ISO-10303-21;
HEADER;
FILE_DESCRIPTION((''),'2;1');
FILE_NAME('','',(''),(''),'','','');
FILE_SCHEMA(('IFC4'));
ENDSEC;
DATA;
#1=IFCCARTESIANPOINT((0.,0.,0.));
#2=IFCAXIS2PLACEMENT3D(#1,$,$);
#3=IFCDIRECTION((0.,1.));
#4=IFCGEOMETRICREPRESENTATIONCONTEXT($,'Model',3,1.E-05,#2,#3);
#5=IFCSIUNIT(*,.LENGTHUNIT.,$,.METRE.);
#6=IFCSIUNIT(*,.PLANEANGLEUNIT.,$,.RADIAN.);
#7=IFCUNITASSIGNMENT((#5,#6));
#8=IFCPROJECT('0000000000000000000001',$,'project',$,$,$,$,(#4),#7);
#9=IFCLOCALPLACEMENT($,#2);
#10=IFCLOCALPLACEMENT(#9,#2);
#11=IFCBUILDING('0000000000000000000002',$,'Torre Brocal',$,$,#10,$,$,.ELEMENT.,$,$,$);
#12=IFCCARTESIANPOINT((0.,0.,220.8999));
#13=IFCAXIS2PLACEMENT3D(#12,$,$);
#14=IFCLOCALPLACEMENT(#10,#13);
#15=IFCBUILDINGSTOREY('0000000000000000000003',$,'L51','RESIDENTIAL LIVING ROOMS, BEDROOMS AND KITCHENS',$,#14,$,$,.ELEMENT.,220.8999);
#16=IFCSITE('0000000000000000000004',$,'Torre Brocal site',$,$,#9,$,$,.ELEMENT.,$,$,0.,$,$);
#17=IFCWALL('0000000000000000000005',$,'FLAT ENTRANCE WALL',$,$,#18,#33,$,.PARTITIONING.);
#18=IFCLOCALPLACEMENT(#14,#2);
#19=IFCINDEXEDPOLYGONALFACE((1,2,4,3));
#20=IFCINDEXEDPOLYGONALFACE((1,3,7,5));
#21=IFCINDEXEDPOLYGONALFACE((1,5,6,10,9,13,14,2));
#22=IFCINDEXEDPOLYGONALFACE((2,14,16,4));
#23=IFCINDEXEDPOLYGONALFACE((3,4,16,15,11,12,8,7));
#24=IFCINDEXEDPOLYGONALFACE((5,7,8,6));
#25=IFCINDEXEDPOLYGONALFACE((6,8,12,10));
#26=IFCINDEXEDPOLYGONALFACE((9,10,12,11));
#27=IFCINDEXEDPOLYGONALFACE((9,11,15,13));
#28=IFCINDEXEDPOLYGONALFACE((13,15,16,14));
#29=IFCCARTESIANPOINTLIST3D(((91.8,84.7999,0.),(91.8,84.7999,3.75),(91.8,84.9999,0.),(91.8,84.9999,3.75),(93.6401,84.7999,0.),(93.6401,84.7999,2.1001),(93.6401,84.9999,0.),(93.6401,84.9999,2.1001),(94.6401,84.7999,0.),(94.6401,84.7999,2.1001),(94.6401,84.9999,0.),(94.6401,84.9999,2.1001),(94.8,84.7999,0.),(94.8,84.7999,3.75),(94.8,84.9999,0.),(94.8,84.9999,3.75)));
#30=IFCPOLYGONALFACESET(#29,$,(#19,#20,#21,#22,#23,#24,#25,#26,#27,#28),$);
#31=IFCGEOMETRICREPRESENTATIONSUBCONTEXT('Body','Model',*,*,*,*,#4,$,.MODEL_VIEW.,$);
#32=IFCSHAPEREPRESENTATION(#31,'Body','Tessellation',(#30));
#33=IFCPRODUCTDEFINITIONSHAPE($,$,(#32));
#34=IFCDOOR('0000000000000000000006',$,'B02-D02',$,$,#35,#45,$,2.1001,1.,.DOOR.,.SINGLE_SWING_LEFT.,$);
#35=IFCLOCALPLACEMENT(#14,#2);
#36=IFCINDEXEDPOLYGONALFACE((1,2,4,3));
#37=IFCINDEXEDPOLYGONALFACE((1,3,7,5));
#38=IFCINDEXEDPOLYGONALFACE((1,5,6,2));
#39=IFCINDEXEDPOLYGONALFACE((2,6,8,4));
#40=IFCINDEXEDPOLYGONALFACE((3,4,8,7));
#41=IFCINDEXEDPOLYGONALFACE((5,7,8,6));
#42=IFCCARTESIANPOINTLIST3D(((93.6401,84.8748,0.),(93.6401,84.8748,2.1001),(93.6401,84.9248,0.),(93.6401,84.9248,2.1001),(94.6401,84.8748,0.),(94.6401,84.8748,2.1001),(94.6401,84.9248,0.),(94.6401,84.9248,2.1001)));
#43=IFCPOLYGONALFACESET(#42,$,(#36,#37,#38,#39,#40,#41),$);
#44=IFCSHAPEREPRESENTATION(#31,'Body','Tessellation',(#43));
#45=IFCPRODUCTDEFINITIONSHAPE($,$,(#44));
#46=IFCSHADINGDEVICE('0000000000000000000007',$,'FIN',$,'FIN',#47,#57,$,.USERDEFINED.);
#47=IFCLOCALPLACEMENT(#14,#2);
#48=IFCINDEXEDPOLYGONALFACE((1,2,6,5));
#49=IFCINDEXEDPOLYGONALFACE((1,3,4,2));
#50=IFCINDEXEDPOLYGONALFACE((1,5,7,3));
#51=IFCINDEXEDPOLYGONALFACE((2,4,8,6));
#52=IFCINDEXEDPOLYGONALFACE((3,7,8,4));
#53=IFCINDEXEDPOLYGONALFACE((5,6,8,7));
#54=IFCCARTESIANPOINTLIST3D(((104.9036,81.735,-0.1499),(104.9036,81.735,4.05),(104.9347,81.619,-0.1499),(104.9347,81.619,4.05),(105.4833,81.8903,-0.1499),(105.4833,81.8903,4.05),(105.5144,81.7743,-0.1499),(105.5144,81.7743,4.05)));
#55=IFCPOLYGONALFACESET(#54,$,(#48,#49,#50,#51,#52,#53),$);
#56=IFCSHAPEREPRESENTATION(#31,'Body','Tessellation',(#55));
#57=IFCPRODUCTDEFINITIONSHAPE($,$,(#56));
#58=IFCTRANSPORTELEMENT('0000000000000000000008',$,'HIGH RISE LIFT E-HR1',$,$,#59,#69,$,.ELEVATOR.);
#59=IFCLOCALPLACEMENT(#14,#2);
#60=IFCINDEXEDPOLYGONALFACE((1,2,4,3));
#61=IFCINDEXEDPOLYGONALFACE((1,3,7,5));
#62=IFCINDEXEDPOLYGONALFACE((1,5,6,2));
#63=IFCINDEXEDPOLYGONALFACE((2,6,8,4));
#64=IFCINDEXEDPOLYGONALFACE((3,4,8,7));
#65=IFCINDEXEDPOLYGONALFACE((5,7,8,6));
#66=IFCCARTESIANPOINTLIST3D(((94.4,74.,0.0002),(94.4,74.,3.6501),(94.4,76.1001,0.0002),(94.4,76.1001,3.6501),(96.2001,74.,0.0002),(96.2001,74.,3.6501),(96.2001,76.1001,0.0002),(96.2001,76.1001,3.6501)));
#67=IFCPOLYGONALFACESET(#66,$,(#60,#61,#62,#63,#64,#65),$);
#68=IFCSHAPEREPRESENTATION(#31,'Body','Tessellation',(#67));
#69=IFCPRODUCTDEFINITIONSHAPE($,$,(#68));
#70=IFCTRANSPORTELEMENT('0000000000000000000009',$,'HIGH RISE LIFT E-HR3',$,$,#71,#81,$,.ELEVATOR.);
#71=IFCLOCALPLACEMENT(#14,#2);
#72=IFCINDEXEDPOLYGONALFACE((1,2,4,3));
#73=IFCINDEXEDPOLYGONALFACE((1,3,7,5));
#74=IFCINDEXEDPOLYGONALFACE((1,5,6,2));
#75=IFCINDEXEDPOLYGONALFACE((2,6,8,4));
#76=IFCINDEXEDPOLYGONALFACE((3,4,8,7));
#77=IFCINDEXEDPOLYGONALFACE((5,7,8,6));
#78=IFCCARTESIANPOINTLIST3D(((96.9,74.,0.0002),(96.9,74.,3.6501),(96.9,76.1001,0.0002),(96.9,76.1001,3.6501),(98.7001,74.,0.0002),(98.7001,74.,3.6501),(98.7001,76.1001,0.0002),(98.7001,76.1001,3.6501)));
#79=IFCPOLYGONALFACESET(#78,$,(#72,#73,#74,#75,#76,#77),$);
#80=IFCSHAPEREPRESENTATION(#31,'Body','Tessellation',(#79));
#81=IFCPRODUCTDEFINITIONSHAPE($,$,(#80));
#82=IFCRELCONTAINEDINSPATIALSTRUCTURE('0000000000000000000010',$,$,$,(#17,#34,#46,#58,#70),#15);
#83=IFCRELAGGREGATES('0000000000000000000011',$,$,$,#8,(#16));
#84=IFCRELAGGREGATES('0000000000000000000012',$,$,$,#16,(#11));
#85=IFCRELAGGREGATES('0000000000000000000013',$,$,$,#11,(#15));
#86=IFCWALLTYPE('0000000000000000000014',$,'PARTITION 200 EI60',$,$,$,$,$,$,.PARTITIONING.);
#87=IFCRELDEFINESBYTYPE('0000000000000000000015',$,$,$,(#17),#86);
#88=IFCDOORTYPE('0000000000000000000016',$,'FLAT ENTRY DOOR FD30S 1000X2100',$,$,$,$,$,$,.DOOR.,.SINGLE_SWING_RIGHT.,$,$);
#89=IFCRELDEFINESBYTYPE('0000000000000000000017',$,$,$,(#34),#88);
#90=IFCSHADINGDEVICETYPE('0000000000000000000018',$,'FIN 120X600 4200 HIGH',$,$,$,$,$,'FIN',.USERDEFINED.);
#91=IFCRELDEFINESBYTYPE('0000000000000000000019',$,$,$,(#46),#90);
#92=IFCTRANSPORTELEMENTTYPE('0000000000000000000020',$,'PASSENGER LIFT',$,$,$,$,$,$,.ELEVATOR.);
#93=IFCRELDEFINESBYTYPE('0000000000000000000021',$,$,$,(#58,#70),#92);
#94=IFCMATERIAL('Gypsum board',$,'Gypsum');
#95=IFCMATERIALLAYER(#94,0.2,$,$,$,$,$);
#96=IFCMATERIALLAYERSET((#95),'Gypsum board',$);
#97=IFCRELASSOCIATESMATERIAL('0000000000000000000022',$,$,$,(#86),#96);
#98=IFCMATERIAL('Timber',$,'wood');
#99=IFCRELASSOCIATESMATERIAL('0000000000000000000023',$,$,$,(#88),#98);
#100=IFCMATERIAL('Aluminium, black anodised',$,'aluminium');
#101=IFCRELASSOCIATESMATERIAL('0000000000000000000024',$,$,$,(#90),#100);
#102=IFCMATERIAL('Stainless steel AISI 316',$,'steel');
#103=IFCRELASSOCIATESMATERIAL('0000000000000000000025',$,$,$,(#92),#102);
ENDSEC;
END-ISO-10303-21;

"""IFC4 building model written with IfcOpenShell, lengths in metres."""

from ifc_helpers import new_model, si_unit, direction, frame, frame_2d, origin, origin_2d, place, context, subcontext, project, spatial, rectangle, extrude, material, layer, layer_set, material_profile, profile_set, type_object, element, fill, save


model = new_model("IFC4")

# Units and contexts
model_context = context("Model", 3, precision=1e-05, world=origin(), true_north=direction((0.0, 1.0)))
body_context = subcontext(model_context, "Body", "Model", "MODEL_VIEW")
ifc_project = project(units=[si_unit("LENGTHUNIT", "METRE"), si_unit("PLANEANGLEUNIT", "RADIAN")], contexts=[model_context])

# Site, building, storey
site_placement = place(None, origin())
site = spatial("IfcSite", under=ifc_project, at=site_placement, Name="Torre Brocal site", CompositionType="ELEMENT", RefElevation=0.0)
building_placement = place(site_placement, origin())
building = spatial("IfcBuilding", under=site, at=building_placement, Name="Torre Brocal", CompositionType="ELEMENT")
storey_placement = place(building_placement, frame((0.0, 0.0, 220.8999)))
storey = spatial("IfcBuildingStorey", under=building, at=storey_placement, Name="L51", Description="RESIDENTIAL LIVING ROOMS, BEDROOMS AND KITCHENS", CompositionType="ELEMENT", Elevation=220.8999)

# Wall, opening, door
ifc_material_1 = material(Name="Gypsum board", Category="Gypsum")
ifc_layer_1 = layer(ifc_material_1, 0.2)
ifc_layer_set_1 = layer_set([ifc_layer_1], Name="Gypsum board")
wall_type_1 = type_object("IfcWallType", Name="PARTITION 200 EI60", PredefinedType="PARTITIONING", material=ifc_layer_set_1)
wall_1_placement = place(storey_placement, frame((91.8, 84.8999, 0.0), z_axis=(0.0, 0.0, 1.0), x_axis=(1.0, 0.0, 0.0)))
wall_1 = element("IfcWall", 1, at=wall_1_placement, inside=storey, type_object=wall_type_1, Name="FLAT ENTRANCE WALL", PredefinedType="PARTITIONING", context=body_context, shape_type="SweptSolid", body=[
    extrude(rectangle(XDim=3.0, YDim=0.2, at=frame_2d((1.5, 0.0))), origin(), (0.0, 0.0, 1.0), 3.75),
])
opening_1_placement = place(wall_1_placement, frame((1.8401, 0.0, 0.0)))
opening_1 = element("IfcOpeningElement", 2, at=opening_1_placement, cuts=wall_1, PredefinedType="OPENING", context=body_context, shape_type="SweptSolid", body=[
    extrude(rectangle(XDim=1.0, YDim=2.1001, at=frame_2d((0.5, 1.05))), frame((0.0, 0.1099, 0.0), z_axis=(0.0, -1.0, 0.0), x_axis=(1.0, 0.0, 0.0)), (0.0, 0.0, 1.0), 0.22),
])
ifc_material_2 = material(Name="Timber", Category="wood")
door_type_1 = type_object("IfcDoorType", Name="FLAT ENTRY DOOR FD30S 1000X2100", OperationType="SINGLE_SWING_RIGHT", PredefinedType="DOOR", material=ifc_material_2)
door_1_placement = place(opening_1_placement, origin())
door_1 = element("IfcDoor", 3, at=door_1_placement, inside=storey, type_object=door_type_1, Name="B02-D02", OperationType="SINGLE_SWING_LEFT", OverallHeight=2.1001, OverallWidth=1.0, PredefinedType="DOOR", context=body_context, shape_type="SweptSolid", body=[
    extrude(rectangle(XDim=1.0, YDim=2.1001, at=frame_2d((0.5, 1.05))), frame((0.0, 0.0249, 0.0), z_axis=(0.0, -1.0, 0.0), x_axis=(1.0, 0.0, 0.0)), (0.0, 0.0, 1.0), 0.05),
])
fill(opening_1, door_1)

# Shading device
ifc_material_3 = material(Name="Aluminium, black anodised", Category="aluminium")
ifc_material_profile_1 = material_profile(ifc_material_3, rectangle(XDim=0.1201, YDim=0.6001, at=origin_2d()), Name="FIN 120X600 4200 HIGH")
ifc_profile_set_1 = profile_set([ifc_material_profile_1], Name="Aluminium, black anodised")
shading_device_type = type_object("IfcShadingDeviceType", Name="FIN 120X600 4200 HIGH", ElementType="FIN", PredefinedType="USERDEFINED", material=ifc_profile_set_1)
shading_device_placement = place(storey_placement, frame((105.209, 81.7546, -0.1499), z_axis=(0.0, 0.0, 1.0), x_axis=(-0.258819, 0.965926, 0.0)))
element("IfcShadingDevice", 4, at=shading_device_placement, inside=storey, type_object=shading_device_type, Name="FIN", ObjectType="FIN", PredefinedType="USERDEFINED", context=body_context, shape_type="SweptSolid", body=[
    extrude(rectangle(XDim=0.1201, YDim=0.6001, at=origin_2d()), origin(), (0.0, 0.0, 1.0), 4.2),
])

# Transport elements
ifc_material_4 = material(Name="Stainless steel AISI 316", Category="steel")
transport_element_type = type_object("IfcTransportElementType", Name="PASSENGER LIFT", PredefinedType="ELEVATOR", material=ifc_material_4)
for number, where, z_axis, x_axis, name in (
    (5, (95.3, 75.05, 0.0002), (0.0, 0.0, 1.0), (1.0, 0.0, 0.0), "HIGH RISE LIFT E-HR1"),
    (6, (97.8, 75.05, 0.0002), (0.0, 0.0, 1.0), (1.0, 0.0, 0.0), "HIGH RISE LIFT E-HR3"),
):
    element("IfcTransportElement", number, at=place(storey_placement, frame(where, z_axis=z_axis, x_axis=x_axis)), inside=storey, type_object=transport_element_type, Name=name, PredefinedType="ELEVATOR", context=body_context, shape_type="SweptSolid", body=[
        extrude(rectangle(XDim=1.8, YDim=2.1001, at=origin_2d()), origin(), (0.0, 0.0, 1.0), 3.6499),
    ])

save(model, "model.ifc")
